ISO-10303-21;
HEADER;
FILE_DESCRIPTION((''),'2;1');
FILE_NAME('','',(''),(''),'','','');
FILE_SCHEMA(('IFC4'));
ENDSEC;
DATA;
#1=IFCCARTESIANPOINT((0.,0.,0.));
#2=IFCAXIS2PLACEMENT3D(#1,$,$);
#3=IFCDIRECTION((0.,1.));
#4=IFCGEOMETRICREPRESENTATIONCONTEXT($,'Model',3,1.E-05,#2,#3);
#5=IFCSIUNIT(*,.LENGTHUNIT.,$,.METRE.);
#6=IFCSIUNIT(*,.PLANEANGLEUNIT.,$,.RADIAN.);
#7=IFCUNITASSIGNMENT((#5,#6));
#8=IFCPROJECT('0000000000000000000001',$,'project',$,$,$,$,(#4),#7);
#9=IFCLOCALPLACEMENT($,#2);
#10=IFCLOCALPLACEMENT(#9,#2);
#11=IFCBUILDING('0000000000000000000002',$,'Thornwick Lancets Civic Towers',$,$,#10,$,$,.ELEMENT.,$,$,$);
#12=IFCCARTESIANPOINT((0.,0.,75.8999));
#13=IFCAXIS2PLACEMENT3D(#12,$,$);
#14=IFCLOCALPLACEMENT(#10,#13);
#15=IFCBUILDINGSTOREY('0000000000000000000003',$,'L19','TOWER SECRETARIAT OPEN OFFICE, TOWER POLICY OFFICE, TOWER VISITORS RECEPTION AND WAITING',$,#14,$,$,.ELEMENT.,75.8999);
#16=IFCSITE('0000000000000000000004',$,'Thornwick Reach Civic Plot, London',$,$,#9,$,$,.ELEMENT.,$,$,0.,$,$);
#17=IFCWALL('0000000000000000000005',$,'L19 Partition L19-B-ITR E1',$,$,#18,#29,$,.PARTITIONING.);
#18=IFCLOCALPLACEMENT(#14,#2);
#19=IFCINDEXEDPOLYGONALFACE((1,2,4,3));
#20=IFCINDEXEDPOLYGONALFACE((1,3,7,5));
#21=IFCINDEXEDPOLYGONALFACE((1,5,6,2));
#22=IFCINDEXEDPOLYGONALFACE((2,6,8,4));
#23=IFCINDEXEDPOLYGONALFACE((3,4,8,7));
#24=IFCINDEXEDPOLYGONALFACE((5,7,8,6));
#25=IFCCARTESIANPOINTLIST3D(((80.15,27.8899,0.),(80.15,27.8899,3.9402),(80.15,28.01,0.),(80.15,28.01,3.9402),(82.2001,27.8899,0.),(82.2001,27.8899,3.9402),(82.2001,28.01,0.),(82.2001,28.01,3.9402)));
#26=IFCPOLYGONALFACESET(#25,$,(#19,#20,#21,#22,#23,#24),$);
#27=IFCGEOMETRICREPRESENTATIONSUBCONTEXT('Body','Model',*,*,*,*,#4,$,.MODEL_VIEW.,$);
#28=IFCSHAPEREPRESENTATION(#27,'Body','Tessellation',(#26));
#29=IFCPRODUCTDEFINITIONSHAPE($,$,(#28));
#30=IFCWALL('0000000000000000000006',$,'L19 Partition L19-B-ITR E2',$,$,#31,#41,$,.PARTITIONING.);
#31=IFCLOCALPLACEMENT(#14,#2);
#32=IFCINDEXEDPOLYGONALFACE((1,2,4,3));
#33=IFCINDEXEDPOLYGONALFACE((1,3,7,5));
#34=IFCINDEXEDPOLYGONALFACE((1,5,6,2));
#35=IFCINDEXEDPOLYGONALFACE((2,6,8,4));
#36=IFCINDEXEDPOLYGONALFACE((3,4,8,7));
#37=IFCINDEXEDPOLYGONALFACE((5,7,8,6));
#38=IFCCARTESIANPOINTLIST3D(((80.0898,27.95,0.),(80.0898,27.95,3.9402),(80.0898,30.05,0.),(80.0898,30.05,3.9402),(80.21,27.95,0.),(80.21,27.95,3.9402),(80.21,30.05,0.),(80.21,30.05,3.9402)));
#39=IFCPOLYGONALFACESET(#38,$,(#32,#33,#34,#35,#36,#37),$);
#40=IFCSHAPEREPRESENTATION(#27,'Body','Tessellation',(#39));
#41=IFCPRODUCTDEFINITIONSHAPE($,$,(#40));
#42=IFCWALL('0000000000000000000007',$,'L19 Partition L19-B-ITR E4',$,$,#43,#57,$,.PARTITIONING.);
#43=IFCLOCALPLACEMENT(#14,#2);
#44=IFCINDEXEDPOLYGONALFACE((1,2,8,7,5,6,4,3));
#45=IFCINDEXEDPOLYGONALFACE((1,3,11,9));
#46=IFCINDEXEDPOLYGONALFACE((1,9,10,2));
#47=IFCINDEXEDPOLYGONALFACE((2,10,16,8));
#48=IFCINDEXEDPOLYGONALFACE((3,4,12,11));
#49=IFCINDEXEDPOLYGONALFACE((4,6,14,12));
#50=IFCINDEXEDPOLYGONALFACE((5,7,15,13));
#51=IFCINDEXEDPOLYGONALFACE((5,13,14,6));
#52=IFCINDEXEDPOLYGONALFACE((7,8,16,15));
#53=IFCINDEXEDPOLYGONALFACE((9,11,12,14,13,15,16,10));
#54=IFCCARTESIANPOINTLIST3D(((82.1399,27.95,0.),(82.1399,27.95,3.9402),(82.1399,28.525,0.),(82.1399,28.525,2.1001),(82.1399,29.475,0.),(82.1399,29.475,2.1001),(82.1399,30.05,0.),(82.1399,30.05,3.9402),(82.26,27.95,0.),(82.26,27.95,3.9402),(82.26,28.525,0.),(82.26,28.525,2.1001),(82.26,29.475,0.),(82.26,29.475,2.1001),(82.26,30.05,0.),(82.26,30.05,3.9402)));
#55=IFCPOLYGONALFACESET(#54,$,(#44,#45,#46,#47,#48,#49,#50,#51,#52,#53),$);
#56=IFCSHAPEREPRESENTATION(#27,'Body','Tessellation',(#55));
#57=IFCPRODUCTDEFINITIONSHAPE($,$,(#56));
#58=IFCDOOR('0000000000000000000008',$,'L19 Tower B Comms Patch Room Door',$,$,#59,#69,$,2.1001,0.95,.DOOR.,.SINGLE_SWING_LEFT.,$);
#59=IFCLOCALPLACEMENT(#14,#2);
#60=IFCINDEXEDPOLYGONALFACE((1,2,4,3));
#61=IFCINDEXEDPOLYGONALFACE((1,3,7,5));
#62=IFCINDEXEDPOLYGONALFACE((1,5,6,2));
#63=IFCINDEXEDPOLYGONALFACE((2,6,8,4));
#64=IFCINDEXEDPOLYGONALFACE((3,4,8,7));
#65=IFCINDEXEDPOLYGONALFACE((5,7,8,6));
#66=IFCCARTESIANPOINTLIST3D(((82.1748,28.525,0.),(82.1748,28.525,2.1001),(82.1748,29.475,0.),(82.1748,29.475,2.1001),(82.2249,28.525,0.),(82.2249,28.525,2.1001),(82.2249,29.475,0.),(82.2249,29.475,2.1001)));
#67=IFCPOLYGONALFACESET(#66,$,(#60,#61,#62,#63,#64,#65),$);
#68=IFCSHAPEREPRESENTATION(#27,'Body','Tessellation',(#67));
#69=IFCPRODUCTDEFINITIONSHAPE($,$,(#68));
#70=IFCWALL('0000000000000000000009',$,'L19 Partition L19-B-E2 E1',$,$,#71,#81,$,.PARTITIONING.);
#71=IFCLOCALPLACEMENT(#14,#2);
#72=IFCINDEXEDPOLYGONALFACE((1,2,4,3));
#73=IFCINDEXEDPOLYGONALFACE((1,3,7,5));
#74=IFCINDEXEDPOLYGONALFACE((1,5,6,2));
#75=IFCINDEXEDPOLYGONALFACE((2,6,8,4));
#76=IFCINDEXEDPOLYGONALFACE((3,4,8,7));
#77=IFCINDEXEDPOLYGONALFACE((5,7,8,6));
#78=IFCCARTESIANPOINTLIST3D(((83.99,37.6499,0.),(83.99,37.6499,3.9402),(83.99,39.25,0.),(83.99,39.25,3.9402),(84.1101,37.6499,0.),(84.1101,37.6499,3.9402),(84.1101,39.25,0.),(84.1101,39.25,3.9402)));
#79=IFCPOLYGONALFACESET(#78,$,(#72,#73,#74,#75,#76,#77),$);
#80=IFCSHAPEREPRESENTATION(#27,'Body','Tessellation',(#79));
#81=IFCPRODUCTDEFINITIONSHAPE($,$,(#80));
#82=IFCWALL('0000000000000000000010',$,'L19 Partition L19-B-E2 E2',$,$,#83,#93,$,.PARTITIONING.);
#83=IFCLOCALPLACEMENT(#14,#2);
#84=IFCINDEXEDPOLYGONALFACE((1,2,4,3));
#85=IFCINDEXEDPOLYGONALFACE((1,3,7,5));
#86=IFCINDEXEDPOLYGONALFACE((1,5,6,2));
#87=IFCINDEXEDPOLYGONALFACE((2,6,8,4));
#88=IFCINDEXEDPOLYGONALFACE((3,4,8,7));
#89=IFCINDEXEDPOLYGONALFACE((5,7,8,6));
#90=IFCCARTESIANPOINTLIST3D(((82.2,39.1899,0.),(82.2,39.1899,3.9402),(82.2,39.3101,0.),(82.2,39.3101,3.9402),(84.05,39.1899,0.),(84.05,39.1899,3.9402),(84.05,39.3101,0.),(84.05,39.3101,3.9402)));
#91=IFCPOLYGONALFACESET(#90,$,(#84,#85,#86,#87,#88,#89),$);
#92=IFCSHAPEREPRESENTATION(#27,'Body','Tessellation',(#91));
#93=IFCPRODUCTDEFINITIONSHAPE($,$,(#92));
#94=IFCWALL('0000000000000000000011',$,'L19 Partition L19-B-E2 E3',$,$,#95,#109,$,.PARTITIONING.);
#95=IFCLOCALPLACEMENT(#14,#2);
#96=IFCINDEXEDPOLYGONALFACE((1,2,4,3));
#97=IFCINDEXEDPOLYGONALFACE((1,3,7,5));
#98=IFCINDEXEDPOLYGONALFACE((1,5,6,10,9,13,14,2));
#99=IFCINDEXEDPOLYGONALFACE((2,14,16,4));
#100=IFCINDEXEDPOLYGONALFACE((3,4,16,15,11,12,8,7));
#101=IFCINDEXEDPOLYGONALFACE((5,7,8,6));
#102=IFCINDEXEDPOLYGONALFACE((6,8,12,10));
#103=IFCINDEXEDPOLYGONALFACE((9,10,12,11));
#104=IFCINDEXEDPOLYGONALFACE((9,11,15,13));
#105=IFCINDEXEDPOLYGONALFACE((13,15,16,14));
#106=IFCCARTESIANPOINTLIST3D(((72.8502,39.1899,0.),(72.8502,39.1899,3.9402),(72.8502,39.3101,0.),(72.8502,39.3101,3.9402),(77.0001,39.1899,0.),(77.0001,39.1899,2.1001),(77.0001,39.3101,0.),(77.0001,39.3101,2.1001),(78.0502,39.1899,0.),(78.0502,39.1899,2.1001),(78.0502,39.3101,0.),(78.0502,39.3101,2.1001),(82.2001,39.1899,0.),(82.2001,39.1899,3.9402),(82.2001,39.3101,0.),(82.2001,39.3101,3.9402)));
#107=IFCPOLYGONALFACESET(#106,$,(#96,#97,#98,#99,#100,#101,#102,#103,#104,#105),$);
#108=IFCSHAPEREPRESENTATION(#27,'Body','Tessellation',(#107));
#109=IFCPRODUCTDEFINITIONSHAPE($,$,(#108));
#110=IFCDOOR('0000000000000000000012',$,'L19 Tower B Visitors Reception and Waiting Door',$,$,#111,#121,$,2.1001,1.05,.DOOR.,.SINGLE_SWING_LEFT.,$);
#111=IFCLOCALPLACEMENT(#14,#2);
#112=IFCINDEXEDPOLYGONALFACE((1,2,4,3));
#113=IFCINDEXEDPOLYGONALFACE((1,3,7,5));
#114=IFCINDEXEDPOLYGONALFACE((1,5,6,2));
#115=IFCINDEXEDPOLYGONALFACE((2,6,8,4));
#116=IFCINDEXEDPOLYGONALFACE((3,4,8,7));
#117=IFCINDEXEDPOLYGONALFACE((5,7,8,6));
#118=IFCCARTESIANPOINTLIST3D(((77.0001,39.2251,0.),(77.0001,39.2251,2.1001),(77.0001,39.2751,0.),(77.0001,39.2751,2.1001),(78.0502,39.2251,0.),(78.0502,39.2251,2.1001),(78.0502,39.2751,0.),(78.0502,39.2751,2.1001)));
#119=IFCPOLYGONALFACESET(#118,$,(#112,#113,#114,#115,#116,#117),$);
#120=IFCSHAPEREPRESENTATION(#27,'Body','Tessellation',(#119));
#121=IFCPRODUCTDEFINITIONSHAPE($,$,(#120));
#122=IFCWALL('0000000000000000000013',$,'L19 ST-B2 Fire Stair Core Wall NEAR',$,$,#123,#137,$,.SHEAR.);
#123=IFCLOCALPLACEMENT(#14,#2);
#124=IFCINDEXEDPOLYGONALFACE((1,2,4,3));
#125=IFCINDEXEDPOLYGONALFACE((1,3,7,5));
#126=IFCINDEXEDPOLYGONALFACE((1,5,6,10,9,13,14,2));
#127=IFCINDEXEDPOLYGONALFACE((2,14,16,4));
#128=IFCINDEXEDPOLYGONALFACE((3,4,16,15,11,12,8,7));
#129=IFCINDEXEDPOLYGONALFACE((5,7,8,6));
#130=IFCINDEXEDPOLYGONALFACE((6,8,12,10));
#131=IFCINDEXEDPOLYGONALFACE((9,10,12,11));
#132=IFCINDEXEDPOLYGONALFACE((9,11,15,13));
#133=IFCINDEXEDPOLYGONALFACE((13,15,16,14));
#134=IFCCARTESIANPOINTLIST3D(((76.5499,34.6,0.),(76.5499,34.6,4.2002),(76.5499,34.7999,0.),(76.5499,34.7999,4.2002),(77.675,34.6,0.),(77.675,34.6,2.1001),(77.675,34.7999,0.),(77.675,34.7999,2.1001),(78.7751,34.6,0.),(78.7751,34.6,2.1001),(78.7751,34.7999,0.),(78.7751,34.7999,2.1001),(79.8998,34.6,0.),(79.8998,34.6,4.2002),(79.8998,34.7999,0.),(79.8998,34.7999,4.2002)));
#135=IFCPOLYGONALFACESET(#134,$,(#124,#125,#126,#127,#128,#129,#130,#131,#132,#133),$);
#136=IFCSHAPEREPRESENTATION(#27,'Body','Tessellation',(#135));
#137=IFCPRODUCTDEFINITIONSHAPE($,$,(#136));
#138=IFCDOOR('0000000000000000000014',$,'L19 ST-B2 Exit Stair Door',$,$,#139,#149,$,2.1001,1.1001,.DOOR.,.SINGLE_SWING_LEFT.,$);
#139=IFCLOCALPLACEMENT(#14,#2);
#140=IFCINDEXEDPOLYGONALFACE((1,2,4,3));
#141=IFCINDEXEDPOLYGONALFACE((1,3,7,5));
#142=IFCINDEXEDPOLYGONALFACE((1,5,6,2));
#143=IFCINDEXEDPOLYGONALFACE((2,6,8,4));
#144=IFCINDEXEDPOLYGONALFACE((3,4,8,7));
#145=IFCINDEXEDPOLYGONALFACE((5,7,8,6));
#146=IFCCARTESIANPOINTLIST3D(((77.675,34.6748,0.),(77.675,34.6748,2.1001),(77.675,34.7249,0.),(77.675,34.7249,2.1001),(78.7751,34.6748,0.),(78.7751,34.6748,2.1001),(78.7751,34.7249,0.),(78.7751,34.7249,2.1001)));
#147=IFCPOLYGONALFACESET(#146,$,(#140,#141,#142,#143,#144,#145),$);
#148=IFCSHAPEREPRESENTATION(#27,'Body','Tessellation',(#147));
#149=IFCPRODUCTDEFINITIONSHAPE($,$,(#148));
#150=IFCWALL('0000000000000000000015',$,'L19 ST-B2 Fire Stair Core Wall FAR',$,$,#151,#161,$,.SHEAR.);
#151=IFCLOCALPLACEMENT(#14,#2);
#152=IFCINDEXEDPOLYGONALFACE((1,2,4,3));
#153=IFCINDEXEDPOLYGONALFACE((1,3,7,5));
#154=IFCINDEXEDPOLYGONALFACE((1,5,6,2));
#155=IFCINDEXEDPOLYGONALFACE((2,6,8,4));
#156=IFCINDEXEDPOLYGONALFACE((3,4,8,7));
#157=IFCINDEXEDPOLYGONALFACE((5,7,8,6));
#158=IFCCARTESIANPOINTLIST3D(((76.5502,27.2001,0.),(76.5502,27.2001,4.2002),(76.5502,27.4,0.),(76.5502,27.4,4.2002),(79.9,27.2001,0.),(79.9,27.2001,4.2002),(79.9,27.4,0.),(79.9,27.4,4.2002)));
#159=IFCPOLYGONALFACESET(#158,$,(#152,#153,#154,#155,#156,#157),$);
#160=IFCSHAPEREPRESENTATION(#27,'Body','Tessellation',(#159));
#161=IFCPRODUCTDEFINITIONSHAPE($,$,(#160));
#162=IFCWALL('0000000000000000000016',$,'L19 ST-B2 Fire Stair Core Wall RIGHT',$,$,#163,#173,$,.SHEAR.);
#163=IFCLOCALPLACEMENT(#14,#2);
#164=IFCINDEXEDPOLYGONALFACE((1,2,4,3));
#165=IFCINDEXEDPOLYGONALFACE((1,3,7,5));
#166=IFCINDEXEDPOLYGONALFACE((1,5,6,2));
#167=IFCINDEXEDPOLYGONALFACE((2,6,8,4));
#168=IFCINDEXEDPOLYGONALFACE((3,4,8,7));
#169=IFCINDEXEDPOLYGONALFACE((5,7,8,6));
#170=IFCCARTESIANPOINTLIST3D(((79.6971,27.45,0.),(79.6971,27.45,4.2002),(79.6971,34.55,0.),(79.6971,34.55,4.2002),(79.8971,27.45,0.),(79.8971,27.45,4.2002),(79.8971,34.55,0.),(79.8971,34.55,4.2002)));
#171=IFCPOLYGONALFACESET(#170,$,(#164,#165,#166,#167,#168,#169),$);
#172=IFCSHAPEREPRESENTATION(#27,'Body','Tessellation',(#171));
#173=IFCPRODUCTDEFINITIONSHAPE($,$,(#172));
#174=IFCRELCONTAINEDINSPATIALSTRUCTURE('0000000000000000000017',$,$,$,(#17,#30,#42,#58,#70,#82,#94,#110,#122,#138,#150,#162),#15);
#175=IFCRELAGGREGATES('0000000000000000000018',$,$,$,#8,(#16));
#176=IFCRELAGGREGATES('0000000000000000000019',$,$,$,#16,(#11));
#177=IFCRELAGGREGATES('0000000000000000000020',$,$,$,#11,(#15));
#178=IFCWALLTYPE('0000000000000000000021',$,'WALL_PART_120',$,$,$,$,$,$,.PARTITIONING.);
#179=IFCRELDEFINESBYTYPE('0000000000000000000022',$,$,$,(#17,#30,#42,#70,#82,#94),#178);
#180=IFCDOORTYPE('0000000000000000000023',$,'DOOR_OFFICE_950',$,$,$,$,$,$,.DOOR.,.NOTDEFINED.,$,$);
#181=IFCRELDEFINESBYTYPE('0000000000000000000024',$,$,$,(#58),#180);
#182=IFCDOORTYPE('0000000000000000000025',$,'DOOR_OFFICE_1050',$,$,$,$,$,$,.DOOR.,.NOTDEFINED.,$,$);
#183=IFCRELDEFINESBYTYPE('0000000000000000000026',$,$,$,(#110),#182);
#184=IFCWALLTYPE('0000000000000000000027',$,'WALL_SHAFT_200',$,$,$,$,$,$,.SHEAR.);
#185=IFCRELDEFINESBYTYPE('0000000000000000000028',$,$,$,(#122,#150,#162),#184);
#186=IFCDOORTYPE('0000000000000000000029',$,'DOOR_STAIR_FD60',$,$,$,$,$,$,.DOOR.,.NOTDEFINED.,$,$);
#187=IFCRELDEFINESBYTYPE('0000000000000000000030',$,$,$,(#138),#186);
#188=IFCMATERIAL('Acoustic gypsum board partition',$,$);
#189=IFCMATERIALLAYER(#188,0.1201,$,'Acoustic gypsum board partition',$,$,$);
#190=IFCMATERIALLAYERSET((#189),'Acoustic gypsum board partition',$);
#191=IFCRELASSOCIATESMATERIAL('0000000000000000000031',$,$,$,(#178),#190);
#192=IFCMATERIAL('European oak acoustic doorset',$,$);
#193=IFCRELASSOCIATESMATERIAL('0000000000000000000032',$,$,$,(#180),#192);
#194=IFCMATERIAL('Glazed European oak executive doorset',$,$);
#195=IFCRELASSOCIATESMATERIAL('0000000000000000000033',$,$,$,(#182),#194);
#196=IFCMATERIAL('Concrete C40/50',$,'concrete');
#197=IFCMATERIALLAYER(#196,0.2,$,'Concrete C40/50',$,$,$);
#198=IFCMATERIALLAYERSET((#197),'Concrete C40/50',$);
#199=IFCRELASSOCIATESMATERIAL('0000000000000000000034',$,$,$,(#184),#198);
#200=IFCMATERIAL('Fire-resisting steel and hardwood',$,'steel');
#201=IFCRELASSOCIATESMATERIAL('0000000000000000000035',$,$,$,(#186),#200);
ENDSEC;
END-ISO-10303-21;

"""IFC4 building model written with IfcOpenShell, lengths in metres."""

from ifc_helpers import new_model, si_unit, direction, frame, frame_2d, origin, place, context, subcontext, project, spatial, rectangle, extrude, material, layer, layer_set, type_object, element, fill, save


model = new_model("IFC4")

# Units and contexts
model_context = context("Model", 3, precision=1e-05, world=origin(), true_north=direction((0.0, 1.0)))
body_context = subcontext(model_context, "Body", "Model", "MODEL_VIEW")
ifc_project = project(units=[si_unit("LENGTHUNIT", "METRE"), si_unit("PLANEANGLEUNIT", "RADIAN")], contexts=[model_context])

# Site, building, storey
site_placement = place(None, origin())
site = spatial("IfcSite", under=ifc_project, at=site_placement, Name="Thornwick Reach Civic Plot, London", CompositionType="ELEMENT", RefElevation=0.0)
building_placement = place(site_placement, origin())
building = spatial("IfcBuilding", under=site, at=building_placement, Name="Thornwick Lancets Civic Towers", CompositionType="ELEMENT")
storey_placement = place(building_placement, frame((0.0, 0.0, 75.8999)))
storey = spatial("IfcBuildingStorey", under=building, at=storey_placement, Name="L19", Description="TOWER SECRETARIAT OPEN OFFICE, TOWER POLICY OFFICE, TOWER VISITORS RECEPTION AND WAITING", CompositionType="ELEMENT", Elevation=75.8999)

# Walls
ifc_material_1 = material(Name="Acoustic gypsum board partition")
ifc_layer_1 = layer(ifc_material_1, 0.1201, Name="Acoustic gypsum board partition")
ifc_layer_set_1 = layer_set([ifc_layer_1], Name="Acoustic gypsum board partition")
wall_type_1 = type_object("IfcWallType", Name="WALL_PART_120", PredefinedType="PARTITIONING", material=ifc_layer_set_1)
wall_1_placement = place(storey_placement, frame((82.2, 27.95, 0.0), z_axis=(0.0, 0.0, 1.0), x_axis=(-1.0, 0.0, 0.0)))
element("IfcWall", 1, at=wall_1_placement, inside=storey, type_object=wall_type_1, Name="L19 Partition L19-B-ITR E1", PredefinedType="PARTITIONING", context=body_context, shape_type="SweptSolid", body=[
    extrude(rectangle(XDim=2.05, YDim=0.1201, at=frame_2d((1.0249, 0.0))), origin(), (0.0, 0.0, 1.0), 3.9402),
])
wall_2_placement = place(storey_placement, frame((80.1499, 27.95, 0.0), z_axis=(0.0, 0.0, 1.0), x_axis=(0.0, 1.0, 0.0)))
element("IfcWall", 2, at=wall_2_placement, inside=storey, type_object=wall_type_1, Name="L19 Partition L19-B-ITR E2", PredefinedType="PARTITIONING", context=body_context, shape_type="SweptSolid", body=[
    extrude(rectangle(XDim=2.1001, YDim=0.1201, at=frame_2d((1.05, 0.0))), origin(), (0.0, 0.0, 1.0), 3.9402),
])

# Wall, opening, door
wall_3_placement = place(storey_placement, frame((82.2, 30.05, 0.0), z_axis=(0.0, 0.0, 1.0), x_axis=(0.0, -1.0, 0.0)))
wall_3 = element("IfcWall", 3, at=wall_3_placement, inside=storey, type_object=wall_type_1, Name="L19 Partition L19-B-ITR E4", PredefinedType="PARTITIONING", context=body_context, shape_type="SweptSolid", body=[
    extrude(rectangle(XDim=2.1001, YDim=0.1201, at=frame_2d((1.05, 0.0))), origin(), (0.0, 0.0, 1.0), 3.9402),
])
opening_1_placement = place(wall_3_placement, frame((0.575, 0.0, 0.0)))
opening_1 = element("IfcOpeningElement", 4, at=opening_1_placement, cuts=wall_3, PredefinedType="OPENING", context=body_context, shape_type="SweptSolid", body=[
    extrude(rectangle(XDim=0.95, YDim=2.1001, at=frame_2d((0.4751, 1.05))), frame((0.0, 0.0701, 0.0), z_axis=(0.0, -1.0, 0.0), x_axis=(1.0, 0.0, 0.0)), (0.0, 0.0, 1.0), 0.1401),
])
ifc_material_2 = material(Name="European oak acoustic doorset")
door_type_1 = type_object("IfcDoorType", Name="DOOR_OFFICE_950", OperationType="NOTDEFINED", PredefinedType="DOOR", material=ifc_material_2)
door_1_placement = place(opening_1_placement, origin())
door_1 = element("IfcDoor", 5, at=door_1_placement, inside=storey, type_object=door_type_1, Name="L19 Tower B Comms Patch Room Door", OperationType="SINGLE_SWING_LEFT", OverallHeight=2.1001, OverallWidth=0.95, PredefinedType="DOOR", context=body_context, shape_type="SweptSolid", body=[
    extrude(rectangle(XDim=0.95, YDim=2.1001, at=frame_2d((0.4751, 1.05))), frame((0.0, 0.0249, 0.0), z_axis=(0.0, -1.0, 0.0), x_axis=(1.0, 0.0, 0.0)), (0.0, 0.0, 1.0), 0.05),
])
fill(opening_1, door_1)

# Walls
wall_4_placement = place(storey_placement, frame((84.05, 37.6499, 0.0), z_axis=(0.0, 0.0, 1.0), x_axis=(0.0, 1.0, 0.0)))
element("IfcWall", 6, at=wall_4_placement, inside=storey, type_object=wall_type_1, Name="L19 Partition L19-B-E2 E1", PredefinedType="PARTITIONING", context=body_context, shape_type="SweptSolid", body=[
    extrude(rectangle(XDim=1.6001, YDim=0.1201, at=frame_2d((0.8, 0.0))), origin(), (0.0, 0.0, 1.0), 3.9402),
])
wall_5_placement = place(storey_placement, frame((84.05, 39.25, 0.0), z_axis=(0.0, 0.0, 1.0), x_axis=(-1.0, 0.0, 0.0)))
element("IfcWall", 7, at=wall_5_placement, inside=storey, type_object=wall_type_1, Name="L19 Partition L19-B-E2 E2", PredefinedType="PARTITIONING", context=body_context, shape_type="SweptSolid", body=[
    extrude(rectangle(XDim=1.8501, YDim=0.1201, at=frame_2d((0.925, 0.0))), origin(), (0.0, 0.0, 1.0), 3.9402),
])

# Walls, openings, doors
wall_6_placement = place(storey_placement, frame((82.2, 39.25, 0.0), z_axis=(0.0, 0.0, 1.0), x_axis=(-1.0, 0.0, 0.0)))
wall_6 = element("IfcWall", 8, at=wall_6_placement, inside=storey, type_object=wall_type_1, Name="L19 Partition L19-B-E2 E3", PredefinedType="PARTITIONING", context=body_context, shape_type="SweptSolid", body=[
    extrude(rectangle(XDim=9.3499, YDim=0.1201, at=frame_2d((4.6748, 0.0))), origin(), (0.0, 0.0, 1.0), 3.9402),
])
opening_2_placement = place(wall_6_placement, frame((4.1499, 0.0, 0.0)))
opening_2 = element("IfcOpeningElement", 9, at=opening_2_placement, cuts=wall_6, PredefinedType="OPENING", context=body_context, shape_type="SweptSolid", body=[
    extrude(rectangle(XDim=1.05, YDim=2.1001, at=frame_2d((0.5249, 1.05))), frame((0.0, 0.0701, 0.0), z_axis=(0.0, -1.0, 0.0), x_axis=(1.0, 0.0, 0.0)), (0.0, 0.0, 1.0), 0.1401),
])
ifc_material_3 = material(Name="Glazed European oak executive doorset")
door_type_2 = type_object("IfcDoorType", Name="DOOR_OFFICE_1050", OperationType="NOTDEFINED", PredefinedType="DOOR", material=ifc_material_3)
door_2_placement = place(opening_2_placement, origin())
door_2 = element("IfcDoor", 10, at=door_2_placement, inside=storey, type_object=door_type_2, Name="L19 Tower B Visitors Reception and Waiting Door", OperationType="SINGLE_SWING_LEFT", OverallHeight=2.1001, OverallWidth=1.05, PredefinedType="DOOR", context=body_context, shape_type="SweptSolid", body=[
    extrude(rectangle(XDim=1.05, YDim=2.1001, at=frame_2d((0.5249, 1.05))), frame((0.0, 0.0249, 0.0), z_axis=(0.0, -1.0, 0.0), x_axis=(1.0, 0.0, 0.0)), (0.0, 0.0, 1.0), 0.05),
])
fill(opening_2, door_2)
ifc_material_4 = material(Name="Concrete C40/50", Category="concrete")
ifc_layer_2 = layer(ifc_material_4, 0.2, Name="Concrete C40/50")
ifc_layer_set_2 = layer_set([ifc_layer_2], Name="Concrete C40/50")
wall_type_2 = type_object("IfcWallType", Name="WALL_SHAFT_200", PredefinedType="SHEAR", material=ifc_layer_set_2)
wall_7_placement = place(storey_placement, frame((76.55, 34.7, 0.0), z_axis=(0.0, 0.0, 1.0), x_axis=(1.0, 0.0, 0.0)))
wall_7 = element("IfcWall", 11, at=wall_7_placement, inside=storey, type_object=wall_type_2, Name="L19 ST-B2 Fire Stair Core Wall NEAR", PredefinedType="SHEAR", context=body_context, shape_type="SweptSolid", body=[
    extrude(rectangle(XDim=3.3499, YDim=0.2, at=frame_2d((1.6748, 0.0))), origin(), (0.0, 0.0, 1.0), 4.2002),
])
opening_3_placement = place(wall_7_placement, frame((1.125, 0.0, 0.0)))
opening_3 = element("IfcOpeningElement", 12, at=opening_3_placement, cuts=wall_7, PredefinedType="OPENING", context=body_context, shape_type="SweptSolid", body=[
    extrude(rectangle(XDim=1.1001, YDim=2.1001, at=frame_2d((0.55, 1.05))), frame((0.0, 0.1099, 0.0), z_axis=(0.0, -1.0, 0.0), x_axis=(1.0, 0.0, 0.0)), (0.0, 0.0, 1.0), 0.22),
])
ifc_material_5 = material(Name="Fire-resisting steel and hardwood", Category="steel")
door_type_3 = type_object("IfcDoorType", Name="DOOR_STAIR_FD60", OperationType="NOTDEFINED", PredefinedType="DOOR", material=ifc_material_5)
door_3_placement = place(opening_3_placement, origin())
door_3 = element("IfcDoor", 13, at=door_3_placement, inside=storey, type_object=door_type_3, Name="L19 ST-B2 Exit Stair Door", OperationType="SINGLE_SWING_LEFT", OverallHeight=2.1001, OverallWidth=1.1001, PredefinedType="DOOR", context=body_context, shape_type="SweptSolid", body=[
    extrude(rectangle(XDim=1.1001, YDim=2.1001, at=frame_2d((0.55, 1.05))), frame((0.0, 0.0249, 0.0), z_axis=(0.0, -1.0, 0.0), x_axis=(1.0, 0.0, 0.0)), (0.0, 0.0, 1.0), 0.05),
])
fill(opening_3, door_3)

# Walls
wall_8_placement = place(storey_placement, frame((79.8999, 27.3, 0.0), z_axis=(0.0, 0.0, 1.0), x_axis=(-1.0, 0.0, 0.0)))
element("IfcWall", 14, at=wall_8_placement, inside=storey, type_object=wall_type_2, Name="L19 ST-B2 Fire Stair Core Wall FAR", PredefinedType="SHEAR", context=body_context, shape_type="SweptSolid", body=[
    extrude(rectangle(XDim=3.3499, YDim=0.2, at=frame_2d((1.6748, 0.0))), origin(), (0.0, 0.0, 1.0), 4.2002),
])
wall_9_placement = place(storey_placement, frame((79.7971, 27.45, 0.0), z_axis=(0.0, 0.0, 1.0), x_axis=(0.0, 1.0, 0.0)))
element("IfcWall", 15, at=wall_9_placement, inside=storey, type_object=wall_type_2, Name="L19 ST-B2 Fire Stair Core Wall RIGHT", PredefinedType="SHEAR", context=body_context, shape_type="SweptSolid", body=[
    extrude(rectangle(XDim=7.1001, YDim=0.2, at=frame_2d((3.55, 0.0))), origin(), (0.0, 0.0, 1.0), 4.2002),
])

save(model, "model.ifc")
